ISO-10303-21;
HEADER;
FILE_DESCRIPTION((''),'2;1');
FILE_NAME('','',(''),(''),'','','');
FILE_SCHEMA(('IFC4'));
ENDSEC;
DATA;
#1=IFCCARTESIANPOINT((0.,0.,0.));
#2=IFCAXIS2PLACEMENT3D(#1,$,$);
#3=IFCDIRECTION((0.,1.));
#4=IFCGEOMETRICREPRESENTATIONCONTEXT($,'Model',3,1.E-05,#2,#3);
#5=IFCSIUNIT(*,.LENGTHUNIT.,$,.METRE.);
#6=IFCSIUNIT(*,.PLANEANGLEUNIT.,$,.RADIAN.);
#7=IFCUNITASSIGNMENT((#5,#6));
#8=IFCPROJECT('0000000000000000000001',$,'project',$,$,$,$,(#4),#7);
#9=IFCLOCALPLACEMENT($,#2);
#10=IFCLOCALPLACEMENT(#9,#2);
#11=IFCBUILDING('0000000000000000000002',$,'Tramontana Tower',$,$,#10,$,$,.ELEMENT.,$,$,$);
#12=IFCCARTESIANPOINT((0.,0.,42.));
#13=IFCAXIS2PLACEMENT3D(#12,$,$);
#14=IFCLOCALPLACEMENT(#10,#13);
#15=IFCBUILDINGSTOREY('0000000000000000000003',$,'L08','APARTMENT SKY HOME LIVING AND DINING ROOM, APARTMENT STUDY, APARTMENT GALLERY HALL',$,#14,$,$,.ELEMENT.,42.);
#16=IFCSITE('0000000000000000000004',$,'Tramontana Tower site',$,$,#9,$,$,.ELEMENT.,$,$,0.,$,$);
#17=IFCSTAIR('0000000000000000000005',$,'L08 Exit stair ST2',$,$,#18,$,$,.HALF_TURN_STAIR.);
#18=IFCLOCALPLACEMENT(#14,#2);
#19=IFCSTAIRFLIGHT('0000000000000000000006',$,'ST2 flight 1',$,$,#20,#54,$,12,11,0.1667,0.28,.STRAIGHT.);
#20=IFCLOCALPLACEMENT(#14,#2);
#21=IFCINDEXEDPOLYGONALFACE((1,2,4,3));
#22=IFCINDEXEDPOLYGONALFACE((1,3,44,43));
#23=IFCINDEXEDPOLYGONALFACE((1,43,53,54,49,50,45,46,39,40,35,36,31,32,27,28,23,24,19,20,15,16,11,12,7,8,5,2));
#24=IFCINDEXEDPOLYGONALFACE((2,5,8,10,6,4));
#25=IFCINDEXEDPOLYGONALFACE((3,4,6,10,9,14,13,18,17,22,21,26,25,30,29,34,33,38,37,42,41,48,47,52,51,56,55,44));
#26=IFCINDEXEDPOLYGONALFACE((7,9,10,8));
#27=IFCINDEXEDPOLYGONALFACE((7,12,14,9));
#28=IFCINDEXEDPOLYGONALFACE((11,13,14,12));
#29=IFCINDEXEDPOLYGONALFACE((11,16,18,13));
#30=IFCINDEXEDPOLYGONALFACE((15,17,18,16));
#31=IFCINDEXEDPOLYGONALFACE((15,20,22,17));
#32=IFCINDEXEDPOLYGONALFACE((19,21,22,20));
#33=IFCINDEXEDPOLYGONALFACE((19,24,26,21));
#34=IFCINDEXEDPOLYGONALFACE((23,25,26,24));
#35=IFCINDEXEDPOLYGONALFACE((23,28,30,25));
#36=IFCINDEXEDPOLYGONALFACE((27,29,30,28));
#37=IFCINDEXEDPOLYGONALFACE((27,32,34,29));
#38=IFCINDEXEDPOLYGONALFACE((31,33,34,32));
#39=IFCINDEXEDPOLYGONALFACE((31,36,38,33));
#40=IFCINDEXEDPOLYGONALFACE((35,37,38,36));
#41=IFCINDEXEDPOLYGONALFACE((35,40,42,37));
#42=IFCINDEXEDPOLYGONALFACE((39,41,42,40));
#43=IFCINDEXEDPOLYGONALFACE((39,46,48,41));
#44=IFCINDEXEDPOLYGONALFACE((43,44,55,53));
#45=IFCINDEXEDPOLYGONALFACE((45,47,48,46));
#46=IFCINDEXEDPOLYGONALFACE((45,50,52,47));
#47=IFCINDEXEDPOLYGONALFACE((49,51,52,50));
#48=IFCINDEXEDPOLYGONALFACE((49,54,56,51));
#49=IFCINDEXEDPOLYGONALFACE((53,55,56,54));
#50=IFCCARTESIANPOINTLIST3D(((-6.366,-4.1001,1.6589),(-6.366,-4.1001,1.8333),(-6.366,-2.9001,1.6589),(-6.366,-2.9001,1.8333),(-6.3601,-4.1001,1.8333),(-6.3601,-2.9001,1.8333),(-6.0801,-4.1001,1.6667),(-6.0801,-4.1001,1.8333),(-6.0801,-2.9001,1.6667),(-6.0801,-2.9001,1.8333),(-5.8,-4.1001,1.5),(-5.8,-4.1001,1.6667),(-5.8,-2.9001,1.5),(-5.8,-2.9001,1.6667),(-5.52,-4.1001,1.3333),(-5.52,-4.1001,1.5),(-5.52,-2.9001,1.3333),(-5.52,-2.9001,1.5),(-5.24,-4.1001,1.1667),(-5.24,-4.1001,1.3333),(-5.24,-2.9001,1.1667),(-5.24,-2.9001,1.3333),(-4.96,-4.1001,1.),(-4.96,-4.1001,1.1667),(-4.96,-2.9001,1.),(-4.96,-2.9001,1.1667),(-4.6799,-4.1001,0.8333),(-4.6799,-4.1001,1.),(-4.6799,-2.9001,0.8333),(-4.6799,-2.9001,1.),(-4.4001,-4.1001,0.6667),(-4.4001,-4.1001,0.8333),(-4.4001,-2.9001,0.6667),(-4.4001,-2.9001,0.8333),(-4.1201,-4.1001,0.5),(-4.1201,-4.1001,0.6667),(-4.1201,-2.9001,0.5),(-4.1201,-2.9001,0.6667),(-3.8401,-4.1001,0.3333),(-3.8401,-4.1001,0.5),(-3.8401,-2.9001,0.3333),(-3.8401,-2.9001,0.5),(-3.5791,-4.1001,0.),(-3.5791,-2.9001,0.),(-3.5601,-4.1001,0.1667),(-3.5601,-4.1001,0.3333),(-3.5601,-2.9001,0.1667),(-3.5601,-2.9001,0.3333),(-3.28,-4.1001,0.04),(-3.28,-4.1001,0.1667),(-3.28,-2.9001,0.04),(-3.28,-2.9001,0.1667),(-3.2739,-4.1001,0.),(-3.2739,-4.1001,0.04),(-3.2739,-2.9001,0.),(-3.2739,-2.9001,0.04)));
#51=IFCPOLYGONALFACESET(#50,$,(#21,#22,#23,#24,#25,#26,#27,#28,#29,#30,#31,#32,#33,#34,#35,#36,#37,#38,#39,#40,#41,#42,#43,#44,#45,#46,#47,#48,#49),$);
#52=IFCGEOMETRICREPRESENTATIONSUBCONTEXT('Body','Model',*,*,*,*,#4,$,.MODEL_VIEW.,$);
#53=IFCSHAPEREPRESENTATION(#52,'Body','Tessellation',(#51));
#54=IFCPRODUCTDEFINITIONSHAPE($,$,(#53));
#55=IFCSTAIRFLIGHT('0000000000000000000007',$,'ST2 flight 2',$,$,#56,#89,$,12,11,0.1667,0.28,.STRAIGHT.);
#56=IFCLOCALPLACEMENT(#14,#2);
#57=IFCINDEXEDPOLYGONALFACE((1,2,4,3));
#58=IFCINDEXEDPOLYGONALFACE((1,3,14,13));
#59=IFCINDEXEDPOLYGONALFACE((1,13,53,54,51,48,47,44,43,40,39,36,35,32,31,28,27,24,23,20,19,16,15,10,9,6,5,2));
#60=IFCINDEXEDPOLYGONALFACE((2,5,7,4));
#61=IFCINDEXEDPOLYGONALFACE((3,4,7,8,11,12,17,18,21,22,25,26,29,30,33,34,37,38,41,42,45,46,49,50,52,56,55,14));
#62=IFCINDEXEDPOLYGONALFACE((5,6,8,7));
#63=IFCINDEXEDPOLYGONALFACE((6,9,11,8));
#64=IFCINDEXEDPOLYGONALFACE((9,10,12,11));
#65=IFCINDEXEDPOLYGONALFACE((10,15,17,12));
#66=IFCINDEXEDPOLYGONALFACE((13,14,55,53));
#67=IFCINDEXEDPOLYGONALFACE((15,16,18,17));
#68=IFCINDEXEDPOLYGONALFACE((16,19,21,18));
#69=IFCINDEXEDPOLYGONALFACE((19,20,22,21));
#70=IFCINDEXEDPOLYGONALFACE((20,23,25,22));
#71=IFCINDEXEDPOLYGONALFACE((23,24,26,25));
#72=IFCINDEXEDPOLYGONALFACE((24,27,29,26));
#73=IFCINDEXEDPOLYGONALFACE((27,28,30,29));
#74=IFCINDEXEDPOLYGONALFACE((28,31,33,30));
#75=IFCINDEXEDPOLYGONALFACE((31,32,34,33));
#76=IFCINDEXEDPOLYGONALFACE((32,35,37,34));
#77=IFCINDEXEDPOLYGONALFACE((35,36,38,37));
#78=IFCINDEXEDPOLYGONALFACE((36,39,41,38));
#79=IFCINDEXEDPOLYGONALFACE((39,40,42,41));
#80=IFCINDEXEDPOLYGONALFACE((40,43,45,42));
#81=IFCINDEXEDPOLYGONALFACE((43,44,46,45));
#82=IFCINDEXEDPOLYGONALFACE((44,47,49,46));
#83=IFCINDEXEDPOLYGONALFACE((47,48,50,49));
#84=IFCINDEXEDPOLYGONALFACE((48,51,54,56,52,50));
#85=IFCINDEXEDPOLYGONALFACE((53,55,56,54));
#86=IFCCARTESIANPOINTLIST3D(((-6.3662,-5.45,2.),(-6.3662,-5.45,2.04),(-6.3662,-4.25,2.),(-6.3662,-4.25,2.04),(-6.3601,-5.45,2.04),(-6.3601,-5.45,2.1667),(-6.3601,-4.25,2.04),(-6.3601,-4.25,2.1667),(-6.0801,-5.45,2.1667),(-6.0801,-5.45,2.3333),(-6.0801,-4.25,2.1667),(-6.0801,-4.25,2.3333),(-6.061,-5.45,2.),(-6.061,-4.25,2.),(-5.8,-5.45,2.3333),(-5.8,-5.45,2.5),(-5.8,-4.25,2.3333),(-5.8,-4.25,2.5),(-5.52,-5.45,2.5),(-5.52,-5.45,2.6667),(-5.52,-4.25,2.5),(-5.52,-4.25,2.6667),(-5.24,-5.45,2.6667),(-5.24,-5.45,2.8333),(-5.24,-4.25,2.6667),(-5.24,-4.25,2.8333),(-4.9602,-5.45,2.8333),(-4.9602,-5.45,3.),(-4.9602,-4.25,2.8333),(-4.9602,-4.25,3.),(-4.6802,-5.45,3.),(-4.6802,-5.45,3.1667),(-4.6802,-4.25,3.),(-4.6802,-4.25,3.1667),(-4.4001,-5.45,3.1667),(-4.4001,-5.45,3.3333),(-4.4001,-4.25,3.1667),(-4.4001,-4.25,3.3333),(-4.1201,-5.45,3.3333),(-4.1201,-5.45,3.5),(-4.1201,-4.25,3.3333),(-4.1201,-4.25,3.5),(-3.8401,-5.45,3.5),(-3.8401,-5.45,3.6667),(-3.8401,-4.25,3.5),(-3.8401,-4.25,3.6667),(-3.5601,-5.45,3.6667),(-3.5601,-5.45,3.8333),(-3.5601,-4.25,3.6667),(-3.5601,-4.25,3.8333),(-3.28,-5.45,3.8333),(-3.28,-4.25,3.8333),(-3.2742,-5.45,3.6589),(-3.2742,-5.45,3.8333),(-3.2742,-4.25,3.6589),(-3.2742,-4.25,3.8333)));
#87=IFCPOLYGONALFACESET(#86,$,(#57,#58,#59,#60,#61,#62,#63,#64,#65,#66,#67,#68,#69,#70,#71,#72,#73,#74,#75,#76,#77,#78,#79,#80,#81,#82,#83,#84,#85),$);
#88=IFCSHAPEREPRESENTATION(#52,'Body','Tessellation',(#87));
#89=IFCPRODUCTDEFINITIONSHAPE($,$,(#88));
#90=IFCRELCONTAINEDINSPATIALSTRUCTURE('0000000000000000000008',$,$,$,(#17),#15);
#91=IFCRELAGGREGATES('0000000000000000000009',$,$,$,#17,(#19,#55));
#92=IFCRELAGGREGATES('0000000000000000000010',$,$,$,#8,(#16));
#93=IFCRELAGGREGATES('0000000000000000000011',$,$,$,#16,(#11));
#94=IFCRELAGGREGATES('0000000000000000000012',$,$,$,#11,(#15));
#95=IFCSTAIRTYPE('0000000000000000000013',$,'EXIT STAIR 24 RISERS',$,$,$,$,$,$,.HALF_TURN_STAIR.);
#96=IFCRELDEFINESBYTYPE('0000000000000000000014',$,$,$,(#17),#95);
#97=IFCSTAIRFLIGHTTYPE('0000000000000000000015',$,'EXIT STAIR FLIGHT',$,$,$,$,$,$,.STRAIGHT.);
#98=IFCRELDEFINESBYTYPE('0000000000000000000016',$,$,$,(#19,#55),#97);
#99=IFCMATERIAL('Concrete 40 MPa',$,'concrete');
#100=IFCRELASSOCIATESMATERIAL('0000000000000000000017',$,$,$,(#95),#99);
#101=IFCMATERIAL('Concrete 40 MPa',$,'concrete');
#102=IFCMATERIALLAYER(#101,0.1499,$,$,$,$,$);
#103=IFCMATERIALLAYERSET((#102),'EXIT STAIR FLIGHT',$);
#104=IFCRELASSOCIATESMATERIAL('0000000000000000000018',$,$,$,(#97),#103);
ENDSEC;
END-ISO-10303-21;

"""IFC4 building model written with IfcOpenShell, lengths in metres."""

from ifc_helpers import new_model, si_unit, direction, frame, origin, place, context, subcontext, project, spatial, polyline, outline, extrude, material, layer, layer_set, type_object, element, aggregate, save


model = new_model("IFC4")

# Units and contexts
model_context = context("Model", 3, precision=1e-05, world=origin(), true_north=direction((0.0, 1.0)))
body_context = subcontext(model_context, "Body", "Model", "MODEL_VIEW")
ifc_project = project(units=[si_unit("LENGTHUNIT", "METRE"), si_unit("PLANEANGLEUNIT", "RADIAN")], contexts=[model_context])

# Site, building, storey
site_placement = place(None, origin())
site = spatial("IfcSite", under=ifc_project, at=site_placement, Name="Tramontana Tower site", CompositionType="ELEMENT", RefElevation=0.0)
building_placement = place(site_placement, origin())
building = spatial("IfcBuilding", under=site, at=building_placement, Name="Tramontana Tower", CompositionType="ELEMENT")
storey_placement = place(building_placement, frame((0.0, 0.0, 42.0)))
storey = spatial("IfcBuildingStorey", under=building, at=storey_placement, Name="L08", Description="APARTMENT SKY HOME LIVING AND DINING ROOM, APARTMENT STUDY, APARTMENT GALLERY HALL", CompositionType="ELEMENT", Elevation=42.0)

# Stair, stair flights
ifc_material_1 = material(Name="Concrete 40 MPa", Category="concrete")
stair_type = type_object("IfcStairType", Name="EXIT STAIR 24 RISERS", PredefinedType="HALF_TURN_STAIR", material=ifc_material_1)
stair_placement = place(storey_placement, origin())
stair = element("IfcStair", 1, at=stair_placement, inside=storey, type_object=stair_type, Name="L08 Exit stair ST2", PredefinedType="HALF_TURN_STAIR")
ifc_material_2 = material(Name="Concrete 40 MPa", Category="concrete")
ifc_layer_1 = layer(ifc_material_2, 0.1499)
ifc_layer_set_1 = layer_set([ifc_layer_1], Name="EXIT STAIR FLIGHT")
stair_flight_type = type_object("IfcStairFlightType", Name="EXIT STAIR FLIGHT", PredefinedType="STRAIGHT", material=ifc_layer_set_1)
stair_flight_1_placement = place(storey_placement, frame((-3.28, -3.5, 0.0), z_axis=(0.0, 0.0, 1.0), x_axis=(-1.0, 0.0, 0.0)))
stair_flight_1 = element("IfcStairFlight", 2, at=stair_flight_1_placement, type_object=stair_flight_type, Name="ST2 flight 1", NumberOfRisers=12, NumberOfTreads=11, PredefinedType="STRAIGHT", RiserHeight=0.1667, TreadLength=0.28, context=body_context, shape_type="SweptSolid", body=[
    extrude(outline(polyline([(-0.0061, 0.0), (-0.0061, 0.04), (0.0, 0.04), (0.0, 0.1667), (0.28, 0.1667), (0.28, 0.3333), (0.5601, 0.3333), (0.5601, 0.5), (0.8401, 0.5), (0.8401, 0.6667), (1.1201, 0.6667), (1.1201, 0.8333), (1.3999, 0.8333), (1.3999, 1.0), (1.6799, 1.0), (1.6799, 1.1667), (1.96, 1.1667), (1.96, 1.3333), (2.24, 1.3333), (2.24, 1.5), (2.52, 1.5), (2.52, 1.6667), (2.8, 1.6667), (2.8, 1.8333), (3.0801, 1.8333), (3.0859, 1.8333), (3.0859, 1.6589), (0.2991, 0.0), (-0.0061, 0.0)])), frame((0.0, 0.6001, 0.0), z_axis=(0.0, -1.0, 0.0), x_axis=(1.0, 0.0, 0.0)), (0.0, 0.0, 1.0), 1.2),
])
stair_flight_2_placement = place(storey_placement, frame((-6.3601, -4.8501, 2.0), z_axis=(0.0, 0.0, 1.0), x_axis=(1.0, 0.0, 0.0)))
stair_flight_2 = element("IfcStairFlight", 3, at=stair_flight_2_placement, type_object=stair_flight_type, Name="ST2 flight 2", NumberOfRisers=12, NumberOfTreads=11, PredefinedType="STRAIGHT", RiserHeight=0.1667, TreadLength=0.28, context=body_context, shape_type="SweptSolid", body=[
    extrude(outline(polyline([(-0.0061, 0.0), (-0.0061, 0.04), (0.0, 0.04), (0.0, 0.1667), (0.28, 0.1667), (0.28, 0.3333), (0.5601, 0.3333), (0.5601, 0.5), (0.8401, 0.5), (0.8401, 0.6667), (1.1201, 0.6667), (1.1201, 0.8333), (1.3999, 0.8333), (1.3999, 1.0), (1.6799, 1.0), (1.6799, 1.1667), (1.96, 1.1667), (1.96, 1.3333), (2.24, 1.3333), (2.24, 1.5), (2.52, 1.5), (2.52, 1.6667), (2.8, 1.6667), (2.8, 1.8333), (3.0801, 1.8333), (3.0859, 1.8333), (3.0859, 1.6589), (0.2991, 0.0), (-0.0061, 0.0)])), frame((0.0, 0.6001, 0.0), z_axis=(0.0, -1.0, 0.0), x_axis=(1.0, 0.0, 0.0)), (0.0, 0.0, 1.0), 1.2),
])
aggregate(stair, [stair_flight_1, stair_flight_2])

save(model, "model.ifc")
